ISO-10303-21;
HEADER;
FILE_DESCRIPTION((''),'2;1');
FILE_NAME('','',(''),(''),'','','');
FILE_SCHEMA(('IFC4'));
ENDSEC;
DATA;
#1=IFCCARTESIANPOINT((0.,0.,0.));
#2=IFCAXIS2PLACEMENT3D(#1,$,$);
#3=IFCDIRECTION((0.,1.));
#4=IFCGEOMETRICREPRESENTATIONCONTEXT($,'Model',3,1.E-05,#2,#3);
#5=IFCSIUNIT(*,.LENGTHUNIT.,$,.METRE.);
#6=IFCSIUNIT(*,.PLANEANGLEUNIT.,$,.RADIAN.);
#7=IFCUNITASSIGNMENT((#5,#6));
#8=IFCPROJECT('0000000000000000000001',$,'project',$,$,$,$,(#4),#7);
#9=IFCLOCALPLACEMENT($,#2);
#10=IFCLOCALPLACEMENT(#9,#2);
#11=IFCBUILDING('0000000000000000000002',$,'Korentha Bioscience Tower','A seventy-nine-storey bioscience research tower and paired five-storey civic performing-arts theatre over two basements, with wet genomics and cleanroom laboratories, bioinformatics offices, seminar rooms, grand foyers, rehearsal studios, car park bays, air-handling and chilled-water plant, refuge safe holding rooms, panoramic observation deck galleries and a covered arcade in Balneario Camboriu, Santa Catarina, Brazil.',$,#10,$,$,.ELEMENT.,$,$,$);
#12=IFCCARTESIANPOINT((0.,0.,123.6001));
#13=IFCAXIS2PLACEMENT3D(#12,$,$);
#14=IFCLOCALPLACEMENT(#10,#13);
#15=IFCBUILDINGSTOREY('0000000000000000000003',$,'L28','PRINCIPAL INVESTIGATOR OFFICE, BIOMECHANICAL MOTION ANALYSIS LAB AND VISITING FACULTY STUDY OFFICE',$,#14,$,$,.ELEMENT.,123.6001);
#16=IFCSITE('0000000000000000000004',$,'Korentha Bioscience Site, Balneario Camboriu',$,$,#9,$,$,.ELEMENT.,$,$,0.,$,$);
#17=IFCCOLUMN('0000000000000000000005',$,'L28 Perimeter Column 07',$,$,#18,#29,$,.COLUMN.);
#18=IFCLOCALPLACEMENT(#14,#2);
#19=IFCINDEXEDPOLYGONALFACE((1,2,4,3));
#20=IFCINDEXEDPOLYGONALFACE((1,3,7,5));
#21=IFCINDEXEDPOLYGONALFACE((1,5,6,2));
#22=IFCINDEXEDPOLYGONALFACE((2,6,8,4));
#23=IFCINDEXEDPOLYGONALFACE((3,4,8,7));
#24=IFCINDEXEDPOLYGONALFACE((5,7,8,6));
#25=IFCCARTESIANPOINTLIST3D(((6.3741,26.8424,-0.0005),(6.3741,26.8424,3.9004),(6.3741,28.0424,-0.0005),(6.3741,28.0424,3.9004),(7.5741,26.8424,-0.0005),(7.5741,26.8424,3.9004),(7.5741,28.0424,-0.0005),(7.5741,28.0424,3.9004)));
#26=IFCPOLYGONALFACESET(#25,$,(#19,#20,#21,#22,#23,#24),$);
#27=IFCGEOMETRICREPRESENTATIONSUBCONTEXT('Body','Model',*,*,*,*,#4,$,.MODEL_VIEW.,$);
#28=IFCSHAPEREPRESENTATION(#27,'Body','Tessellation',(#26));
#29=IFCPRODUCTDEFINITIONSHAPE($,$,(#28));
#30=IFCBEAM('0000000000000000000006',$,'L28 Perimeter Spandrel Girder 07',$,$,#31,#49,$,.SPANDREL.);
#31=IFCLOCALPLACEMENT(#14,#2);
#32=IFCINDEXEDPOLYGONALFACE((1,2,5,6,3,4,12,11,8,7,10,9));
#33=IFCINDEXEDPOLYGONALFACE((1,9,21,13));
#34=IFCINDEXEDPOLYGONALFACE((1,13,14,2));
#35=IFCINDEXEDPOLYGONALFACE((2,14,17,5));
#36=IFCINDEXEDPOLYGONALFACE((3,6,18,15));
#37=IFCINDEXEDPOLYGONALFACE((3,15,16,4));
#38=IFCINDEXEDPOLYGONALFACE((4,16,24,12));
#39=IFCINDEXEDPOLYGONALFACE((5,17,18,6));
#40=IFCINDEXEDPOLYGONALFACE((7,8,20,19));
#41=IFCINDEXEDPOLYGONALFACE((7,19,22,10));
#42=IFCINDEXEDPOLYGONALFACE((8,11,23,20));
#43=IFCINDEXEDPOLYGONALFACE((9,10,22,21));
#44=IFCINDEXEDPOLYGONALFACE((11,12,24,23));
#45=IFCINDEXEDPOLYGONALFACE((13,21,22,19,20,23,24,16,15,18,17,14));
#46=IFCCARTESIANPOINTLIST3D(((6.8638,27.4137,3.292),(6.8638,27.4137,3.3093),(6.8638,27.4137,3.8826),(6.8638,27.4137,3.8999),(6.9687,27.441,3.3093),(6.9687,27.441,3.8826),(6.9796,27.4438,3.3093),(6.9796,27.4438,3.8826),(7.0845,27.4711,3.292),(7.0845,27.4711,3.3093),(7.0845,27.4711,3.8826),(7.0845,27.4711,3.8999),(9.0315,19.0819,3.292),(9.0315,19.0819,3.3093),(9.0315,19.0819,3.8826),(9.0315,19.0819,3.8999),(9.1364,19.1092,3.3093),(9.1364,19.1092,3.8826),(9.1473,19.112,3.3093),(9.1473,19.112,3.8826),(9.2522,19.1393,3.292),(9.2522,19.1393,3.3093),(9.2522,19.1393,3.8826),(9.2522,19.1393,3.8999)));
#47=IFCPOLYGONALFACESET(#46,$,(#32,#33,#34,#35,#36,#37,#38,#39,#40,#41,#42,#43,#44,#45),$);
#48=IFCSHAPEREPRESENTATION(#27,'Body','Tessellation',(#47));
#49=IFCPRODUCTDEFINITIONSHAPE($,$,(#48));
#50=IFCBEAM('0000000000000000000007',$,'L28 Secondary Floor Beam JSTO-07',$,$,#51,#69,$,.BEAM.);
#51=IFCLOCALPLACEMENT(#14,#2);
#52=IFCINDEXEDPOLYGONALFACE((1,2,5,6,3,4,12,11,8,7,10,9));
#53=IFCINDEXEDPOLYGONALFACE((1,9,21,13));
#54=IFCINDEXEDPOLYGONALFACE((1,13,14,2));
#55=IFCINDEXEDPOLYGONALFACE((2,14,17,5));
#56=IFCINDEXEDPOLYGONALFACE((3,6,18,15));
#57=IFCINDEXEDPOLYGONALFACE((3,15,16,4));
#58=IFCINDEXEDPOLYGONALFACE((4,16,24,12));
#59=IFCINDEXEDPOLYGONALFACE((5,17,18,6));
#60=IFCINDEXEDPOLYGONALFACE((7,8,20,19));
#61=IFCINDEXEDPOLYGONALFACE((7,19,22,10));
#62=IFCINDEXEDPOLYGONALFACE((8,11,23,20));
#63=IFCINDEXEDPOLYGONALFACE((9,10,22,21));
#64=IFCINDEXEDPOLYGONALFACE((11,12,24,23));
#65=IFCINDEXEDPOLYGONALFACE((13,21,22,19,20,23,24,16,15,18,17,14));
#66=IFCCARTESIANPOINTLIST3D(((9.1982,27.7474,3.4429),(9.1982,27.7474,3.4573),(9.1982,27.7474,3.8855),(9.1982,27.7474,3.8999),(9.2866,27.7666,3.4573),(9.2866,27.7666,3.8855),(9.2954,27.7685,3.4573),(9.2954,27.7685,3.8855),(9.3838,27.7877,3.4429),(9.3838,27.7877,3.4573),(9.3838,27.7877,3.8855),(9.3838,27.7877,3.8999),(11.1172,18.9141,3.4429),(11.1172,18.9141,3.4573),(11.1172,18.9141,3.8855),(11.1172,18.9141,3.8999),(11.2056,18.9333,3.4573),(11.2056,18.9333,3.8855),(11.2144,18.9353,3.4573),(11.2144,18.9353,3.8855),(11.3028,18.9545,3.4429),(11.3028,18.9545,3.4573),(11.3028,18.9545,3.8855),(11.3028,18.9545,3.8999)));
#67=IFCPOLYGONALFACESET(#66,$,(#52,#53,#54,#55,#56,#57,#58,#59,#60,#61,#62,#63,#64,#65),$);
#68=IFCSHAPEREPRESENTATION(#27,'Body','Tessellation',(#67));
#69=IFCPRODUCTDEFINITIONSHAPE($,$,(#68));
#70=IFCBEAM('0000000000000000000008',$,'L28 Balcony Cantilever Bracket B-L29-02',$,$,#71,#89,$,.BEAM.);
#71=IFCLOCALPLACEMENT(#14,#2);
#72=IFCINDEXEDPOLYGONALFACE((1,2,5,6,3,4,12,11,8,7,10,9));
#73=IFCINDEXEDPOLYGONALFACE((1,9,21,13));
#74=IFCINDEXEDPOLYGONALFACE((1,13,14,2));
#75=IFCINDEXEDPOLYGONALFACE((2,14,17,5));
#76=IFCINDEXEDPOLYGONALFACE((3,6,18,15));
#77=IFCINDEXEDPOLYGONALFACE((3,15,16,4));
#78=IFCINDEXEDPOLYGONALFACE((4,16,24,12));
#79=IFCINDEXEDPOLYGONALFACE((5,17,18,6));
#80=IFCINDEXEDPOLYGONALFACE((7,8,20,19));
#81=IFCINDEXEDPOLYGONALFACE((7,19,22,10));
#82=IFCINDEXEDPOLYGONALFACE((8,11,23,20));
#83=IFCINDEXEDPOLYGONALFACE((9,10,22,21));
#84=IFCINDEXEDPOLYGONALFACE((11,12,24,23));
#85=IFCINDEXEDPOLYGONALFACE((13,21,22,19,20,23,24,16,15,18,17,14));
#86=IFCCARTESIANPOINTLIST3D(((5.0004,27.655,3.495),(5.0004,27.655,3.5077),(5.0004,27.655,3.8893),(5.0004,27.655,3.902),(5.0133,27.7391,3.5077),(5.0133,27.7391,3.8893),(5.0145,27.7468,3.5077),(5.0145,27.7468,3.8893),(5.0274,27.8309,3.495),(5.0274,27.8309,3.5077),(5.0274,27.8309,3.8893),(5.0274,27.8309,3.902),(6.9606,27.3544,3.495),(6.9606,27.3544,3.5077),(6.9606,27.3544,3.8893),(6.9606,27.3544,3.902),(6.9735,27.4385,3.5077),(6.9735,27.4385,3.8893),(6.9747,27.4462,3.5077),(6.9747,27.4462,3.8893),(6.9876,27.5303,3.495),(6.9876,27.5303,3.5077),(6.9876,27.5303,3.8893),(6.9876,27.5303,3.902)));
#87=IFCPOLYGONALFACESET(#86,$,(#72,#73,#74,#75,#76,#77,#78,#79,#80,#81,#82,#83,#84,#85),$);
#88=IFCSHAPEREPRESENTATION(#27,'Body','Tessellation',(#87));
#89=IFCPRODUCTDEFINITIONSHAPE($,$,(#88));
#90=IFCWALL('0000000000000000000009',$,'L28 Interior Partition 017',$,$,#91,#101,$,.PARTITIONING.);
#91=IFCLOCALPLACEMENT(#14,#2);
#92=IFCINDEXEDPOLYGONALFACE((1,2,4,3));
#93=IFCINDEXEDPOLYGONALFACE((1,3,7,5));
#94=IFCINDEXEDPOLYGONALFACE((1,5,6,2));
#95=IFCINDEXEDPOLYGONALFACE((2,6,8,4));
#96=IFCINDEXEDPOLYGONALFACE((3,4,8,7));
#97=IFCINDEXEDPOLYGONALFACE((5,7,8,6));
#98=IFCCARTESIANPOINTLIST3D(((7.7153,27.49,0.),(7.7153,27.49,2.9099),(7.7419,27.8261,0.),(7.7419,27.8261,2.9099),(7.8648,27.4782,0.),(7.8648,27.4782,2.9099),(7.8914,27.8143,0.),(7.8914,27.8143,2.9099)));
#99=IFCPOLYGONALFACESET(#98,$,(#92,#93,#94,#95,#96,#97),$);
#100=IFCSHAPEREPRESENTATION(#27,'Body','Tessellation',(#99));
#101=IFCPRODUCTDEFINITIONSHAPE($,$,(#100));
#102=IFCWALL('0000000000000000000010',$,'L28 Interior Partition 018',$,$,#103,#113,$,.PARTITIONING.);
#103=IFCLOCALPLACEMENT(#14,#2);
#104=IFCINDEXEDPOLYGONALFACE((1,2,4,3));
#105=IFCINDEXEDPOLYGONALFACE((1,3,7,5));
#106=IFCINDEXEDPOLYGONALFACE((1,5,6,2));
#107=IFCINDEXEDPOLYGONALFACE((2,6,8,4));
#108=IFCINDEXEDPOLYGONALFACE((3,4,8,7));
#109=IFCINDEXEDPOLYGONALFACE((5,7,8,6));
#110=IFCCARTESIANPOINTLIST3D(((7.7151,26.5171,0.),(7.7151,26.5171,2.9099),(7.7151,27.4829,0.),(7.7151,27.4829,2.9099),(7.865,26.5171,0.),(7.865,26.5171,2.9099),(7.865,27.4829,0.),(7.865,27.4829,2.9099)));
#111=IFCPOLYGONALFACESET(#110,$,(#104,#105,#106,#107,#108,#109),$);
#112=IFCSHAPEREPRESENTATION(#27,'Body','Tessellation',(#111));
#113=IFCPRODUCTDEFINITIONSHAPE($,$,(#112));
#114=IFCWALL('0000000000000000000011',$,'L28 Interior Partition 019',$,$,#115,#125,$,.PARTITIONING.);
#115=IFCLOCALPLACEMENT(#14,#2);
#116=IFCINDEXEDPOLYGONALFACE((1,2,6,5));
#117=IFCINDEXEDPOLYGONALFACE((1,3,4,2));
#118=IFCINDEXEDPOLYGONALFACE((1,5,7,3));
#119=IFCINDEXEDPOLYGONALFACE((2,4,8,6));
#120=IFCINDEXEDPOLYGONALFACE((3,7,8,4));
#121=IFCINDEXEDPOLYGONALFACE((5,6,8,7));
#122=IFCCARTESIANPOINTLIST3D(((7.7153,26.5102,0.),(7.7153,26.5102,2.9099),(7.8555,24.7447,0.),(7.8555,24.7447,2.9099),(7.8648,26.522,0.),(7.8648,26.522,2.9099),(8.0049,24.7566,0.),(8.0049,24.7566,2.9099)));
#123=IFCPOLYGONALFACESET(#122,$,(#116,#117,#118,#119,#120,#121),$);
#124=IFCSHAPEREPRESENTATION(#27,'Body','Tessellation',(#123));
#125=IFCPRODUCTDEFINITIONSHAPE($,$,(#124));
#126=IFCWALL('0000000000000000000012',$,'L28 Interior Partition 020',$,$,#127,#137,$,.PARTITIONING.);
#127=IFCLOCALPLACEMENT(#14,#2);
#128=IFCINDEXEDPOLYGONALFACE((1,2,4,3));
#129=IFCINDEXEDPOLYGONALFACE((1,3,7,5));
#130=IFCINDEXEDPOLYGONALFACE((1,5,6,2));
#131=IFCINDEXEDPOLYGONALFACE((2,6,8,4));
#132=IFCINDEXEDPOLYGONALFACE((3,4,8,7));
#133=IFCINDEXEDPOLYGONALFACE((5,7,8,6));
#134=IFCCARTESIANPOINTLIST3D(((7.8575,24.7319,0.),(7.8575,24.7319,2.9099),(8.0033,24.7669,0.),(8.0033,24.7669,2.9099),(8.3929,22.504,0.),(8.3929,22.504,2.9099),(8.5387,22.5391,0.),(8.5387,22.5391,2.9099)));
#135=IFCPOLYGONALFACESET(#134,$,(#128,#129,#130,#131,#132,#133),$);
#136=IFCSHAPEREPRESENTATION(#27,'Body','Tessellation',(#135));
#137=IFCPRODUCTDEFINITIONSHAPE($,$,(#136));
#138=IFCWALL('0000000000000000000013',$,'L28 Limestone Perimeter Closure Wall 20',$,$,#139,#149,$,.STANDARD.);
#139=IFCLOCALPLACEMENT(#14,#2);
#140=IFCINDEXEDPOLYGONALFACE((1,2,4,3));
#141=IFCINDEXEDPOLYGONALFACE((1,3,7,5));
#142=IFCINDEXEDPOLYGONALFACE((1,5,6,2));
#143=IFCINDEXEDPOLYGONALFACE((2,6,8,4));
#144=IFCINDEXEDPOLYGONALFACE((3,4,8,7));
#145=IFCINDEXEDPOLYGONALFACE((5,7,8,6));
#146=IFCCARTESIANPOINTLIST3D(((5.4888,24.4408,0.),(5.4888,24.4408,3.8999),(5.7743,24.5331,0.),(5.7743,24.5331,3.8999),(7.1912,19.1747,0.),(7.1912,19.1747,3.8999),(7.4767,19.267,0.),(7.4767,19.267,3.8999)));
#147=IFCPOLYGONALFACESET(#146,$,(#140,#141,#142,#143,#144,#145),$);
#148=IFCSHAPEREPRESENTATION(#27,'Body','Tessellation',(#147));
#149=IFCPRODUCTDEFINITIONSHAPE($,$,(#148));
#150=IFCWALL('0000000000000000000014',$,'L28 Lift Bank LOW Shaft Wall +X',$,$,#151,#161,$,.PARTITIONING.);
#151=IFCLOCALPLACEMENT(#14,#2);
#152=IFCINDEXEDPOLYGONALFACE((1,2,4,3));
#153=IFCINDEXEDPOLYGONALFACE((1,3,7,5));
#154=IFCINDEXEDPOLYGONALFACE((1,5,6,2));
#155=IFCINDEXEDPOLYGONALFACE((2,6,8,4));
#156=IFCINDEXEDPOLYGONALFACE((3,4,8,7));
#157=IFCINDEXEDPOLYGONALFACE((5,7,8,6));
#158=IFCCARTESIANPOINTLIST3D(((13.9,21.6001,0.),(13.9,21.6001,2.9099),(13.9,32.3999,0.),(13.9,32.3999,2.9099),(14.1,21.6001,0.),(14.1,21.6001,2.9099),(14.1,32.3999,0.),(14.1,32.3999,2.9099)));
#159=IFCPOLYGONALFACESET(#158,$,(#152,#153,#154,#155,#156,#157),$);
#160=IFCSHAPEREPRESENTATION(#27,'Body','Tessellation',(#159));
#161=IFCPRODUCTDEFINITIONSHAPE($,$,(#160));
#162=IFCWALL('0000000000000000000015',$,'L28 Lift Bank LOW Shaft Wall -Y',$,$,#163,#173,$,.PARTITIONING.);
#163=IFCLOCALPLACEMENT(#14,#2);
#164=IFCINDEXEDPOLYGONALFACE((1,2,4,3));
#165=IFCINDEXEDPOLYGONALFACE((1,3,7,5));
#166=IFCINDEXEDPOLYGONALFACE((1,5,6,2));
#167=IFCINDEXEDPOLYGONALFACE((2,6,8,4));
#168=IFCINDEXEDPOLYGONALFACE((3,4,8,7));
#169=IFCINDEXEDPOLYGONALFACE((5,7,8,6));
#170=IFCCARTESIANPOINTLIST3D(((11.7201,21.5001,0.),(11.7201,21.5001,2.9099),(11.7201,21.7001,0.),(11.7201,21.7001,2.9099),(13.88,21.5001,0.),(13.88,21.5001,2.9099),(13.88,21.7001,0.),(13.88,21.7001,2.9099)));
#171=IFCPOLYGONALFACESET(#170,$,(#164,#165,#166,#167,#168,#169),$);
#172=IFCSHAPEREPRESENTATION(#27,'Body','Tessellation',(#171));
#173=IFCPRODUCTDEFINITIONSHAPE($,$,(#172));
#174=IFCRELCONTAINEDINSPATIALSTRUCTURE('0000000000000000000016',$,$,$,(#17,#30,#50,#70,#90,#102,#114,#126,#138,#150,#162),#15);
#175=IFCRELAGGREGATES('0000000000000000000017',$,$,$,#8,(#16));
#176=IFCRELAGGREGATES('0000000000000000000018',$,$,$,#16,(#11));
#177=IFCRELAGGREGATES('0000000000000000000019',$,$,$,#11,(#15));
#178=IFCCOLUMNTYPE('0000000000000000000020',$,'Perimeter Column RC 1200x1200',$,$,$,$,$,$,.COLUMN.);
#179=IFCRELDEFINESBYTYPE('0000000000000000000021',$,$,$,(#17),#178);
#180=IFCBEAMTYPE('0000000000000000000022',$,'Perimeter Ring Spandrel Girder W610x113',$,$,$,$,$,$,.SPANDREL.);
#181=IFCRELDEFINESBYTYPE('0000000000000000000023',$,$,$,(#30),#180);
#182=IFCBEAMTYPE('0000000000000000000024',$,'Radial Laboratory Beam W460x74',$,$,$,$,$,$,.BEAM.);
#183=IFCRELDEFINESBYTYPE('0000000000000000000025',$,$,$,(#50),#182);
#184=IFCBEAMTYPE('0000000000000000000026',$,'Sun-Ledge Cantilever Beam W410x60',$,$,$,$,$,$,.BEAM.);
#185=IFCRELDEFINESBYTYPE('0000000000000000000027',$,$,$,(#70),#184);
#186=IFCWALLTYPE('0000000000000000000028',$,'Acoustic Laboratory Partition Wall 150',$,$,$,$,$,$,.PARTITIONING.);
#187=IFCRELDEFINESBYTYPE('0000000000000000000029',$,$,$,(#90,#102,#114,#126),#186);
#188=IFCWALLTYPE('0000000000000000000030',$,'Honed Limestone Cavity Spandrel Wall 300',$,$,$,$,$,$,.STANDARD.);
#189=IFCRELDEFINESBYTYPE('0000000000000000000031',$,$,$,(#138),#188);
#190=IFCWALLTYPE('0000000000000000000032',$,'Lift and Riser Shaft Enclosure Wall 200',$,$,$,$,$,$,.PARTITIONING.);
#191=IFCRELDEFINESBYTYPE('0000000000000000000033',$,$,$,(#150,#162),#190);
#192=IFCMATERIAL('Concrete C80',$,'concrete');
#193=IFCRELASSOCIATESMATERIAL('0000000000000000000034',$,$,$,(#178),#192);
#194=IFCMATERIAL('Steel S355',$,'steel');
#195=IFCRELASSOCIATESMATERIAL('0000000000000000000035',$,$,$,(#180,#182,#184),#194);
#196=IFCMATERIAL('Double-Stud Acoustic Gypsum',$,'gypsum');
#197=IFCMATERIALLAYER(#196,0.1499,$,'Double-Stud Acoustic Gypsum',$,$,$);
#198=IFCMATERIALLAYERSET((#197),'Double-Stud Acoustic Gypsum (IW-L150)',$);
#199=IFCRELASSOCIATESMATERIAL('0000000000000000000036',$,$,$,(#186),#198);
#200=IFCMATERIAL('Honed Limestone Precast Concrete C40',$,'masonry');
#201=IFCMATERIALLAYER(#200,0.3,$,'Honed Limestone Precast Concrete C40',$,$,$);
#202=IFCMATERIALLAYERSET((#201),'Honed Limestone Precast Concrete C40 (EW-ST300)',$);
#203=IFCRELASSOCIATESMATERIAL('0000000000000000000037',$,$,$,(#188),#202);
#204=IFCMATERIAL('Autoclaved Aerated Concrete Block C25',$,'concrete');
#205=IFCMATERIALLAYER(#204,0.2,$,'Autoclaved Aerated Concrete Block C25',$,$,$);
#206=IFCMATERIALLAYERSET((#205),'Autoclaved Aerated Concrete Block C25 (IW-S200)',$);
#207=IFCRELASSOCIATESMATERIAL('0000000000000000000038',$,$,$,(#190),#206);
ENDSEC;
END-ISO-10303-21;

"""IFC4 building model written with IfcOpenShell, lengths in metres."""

from ifc_helpers import new_model, si_unit, direction, frame, frame_2d, origin, origin_2d, place, context, subcontext, project, spatial, rectangle, i_section, extrude, material, layer, layer_set, material_profile, profile_set, type_object, element, save


model = new_model("IFC4")

# Units and contexts
model_context = context("Model", 3, precision=1e-05, world=origin(), true_north=direction((0.0, 1.0)))
body_context = subcontext(model_context, "Body", "Model", "MODEL_VIEW")
ifc_project = project(units=[si_unit("LENGTHUNIT", "METRE"), si_unit("PLANEANGLEUNIT", "RADIAN")], contexts=[model_context])

# Site, building, storey
site_placement = place(None, origin())
site = spatial("IfcSite", under=ifc_project, at=site_placement, Name="Korentha Bioscience Site, Balneario Camboriu", CompositionType="ELEMENT", RefElevation=0.0)
building_placement = place(site_placement, origin())
building = spatial("IfcBuilding", under=site, at=building_placement, Name="Korentha Bioscience Tower", Description="A seventy-nine-storey bioscience research tower and paired five-storey civic performing-arts theatre over two basements, with wet genomics and cleanroom laboratories, bioinformatics offices, seminar rooms, grand foyers, rehearsal studios, car park bays, air-handling and chilled-water plant, refuge safe holding rooms, panoramic observation deck galleries and a covered arcade in Balneario Camboriu, Santa Catarina, Brazil.", CompositionType="ELEMENT")
storey_placement = place(building_placement, frame((0.0, 0.0, 123.6001)))
storey = spatial("IfcBuildingStorey", under=building, at=storey_placement, Name="L28", Description="PRINCIPAL INVESTIGATOR OFFICE, BIOMECHANICAL MOTION ANALYSIS LAB AND VISITING FACULTY STUDY OFFICE", CompositionType="ELEMENT", Elevation=123.6001)

# Column
ifc_material_1 = material(Name="Concrete C80", Category="concrete")
ifc_material_profile_1 = material_profile(ifc_material_1, rectangle(XDim=1.2, YDim=1.2, at=origin_2d()), Name="Concrete C80")
ifc_profile_set_1 = profile_set([ifc_material_profile_1], Name="Concrete C80 (COL-P12)")
column_type = type_object("IfcColumnType", Name="Perimeter Column RC 1200x1200", PredefinedType="COLUMN", material=ifc_profile_set_1)
column_placement = place(storey_placement, frame((6.9741, 27.4424, -0.0005), z_axis=(0.0, 0.0, 1.0), x_axis=(0.0, 1.0, 0.0)))
element("IfcColumn", 1, at=column_placement, inside=storey, type_object=column_type, Name="L28 Perimeter Column 07", PredefinedType="COLUMN", context=body_context, shape_type="SweptSolid", body=[
    extrude(rectangle(XDim=1.2, YDim=1.2, at=origin_2d()), origin(), (0.0, 0.0, 1.0), 3.9009),
])

# Beams
ifc_material_2 = material(Name="Steel S355", Category="steel")
ifc_material_profile_2 = material_profile(ifc_material_2, i_section(OverallWidth=0.228, OverallDepth=0.6079, WebThickness=0.0112, FlangeThickness=0.0173, at=origin_2d()), Name="Steel S355")
ifc_profile_set_2 = profile_set([ifc_material_profile_2], Name="Steel S355 (SB-610)")
beam_type_1 = type_object("IfcBeamType", Name="Perimeter Ring Spandrel Girder W610x113", PredefinedType="SPANDREL", material=ifc_profile_set_2)
beam_1_placement = place(storey_placement, frame((6.9741, 27.4424, 3.5959), z_axis=(0.251793, -0.967781, 0.0), x_axis=(0.967781, 0.251793, 0.0)))
element("IfcBeam", 2, at=beam_1_placement, inside=storey, type_object=beam_type_1, Name="L28 Perimeter Spandrel Girder 07", PredefinedType="SPANDREL", context=body_context, shape_type="SweptSolid", body=[
    extrude(i_section(OverallWidth=0.228, OverallDepth=0.6079, WebThickness=0.0112, FlangeThickness=0.0173, at=origin_2d()), origin(), (0.0, 0.0, 1.0), 8.6091),
])
ifc_material_profile_3 = material_profile(ifc_material_2, i_section(OverallWidth=0.1899, OverallDepth=0.457, WebThickness=0.009, FlangeThickness=0.0144, at=origin_2d()), Name="Steel S355")
ifc_profile_set_3 = profile_set([ifc_material_profile_3], Name="Steel S355 (RB-460)")
beam_type_2 = type_object("IfcBeamType", Name="Radial Laboratory Beam W460x74", PredefinedType="BEAM", material=ifc_profile_set_3)
beam_2_placement = place(storey_placement, frame((9.291, 27.7676, 3.6714), z_axis=(0.212289, -0.977207, 0.0), x_axis=(0.977207, 0.212289, 0.0)))
element("IfcBeam", 3, at=beam_2_placement, inside=storey, type_object=beam_type_2, Name="L28 Secondary Floor Beam JSTO-07", PredefinedType="BEAM", context=body_context, shape_type="SweptSolid", body=[
    extrude(i_section(OverallWidth=0.1899, OverallDepth=0.457, WebThickness=0.009, FlangeThickness=0.0144, at=origin_2d()), origin(), (0.0, 0.0, 1.0), 9.0393),
])
ifc_material_profile_4 = material_profile(ifc_material_2, i_section(OverallWidth=0.178, OverallDepth=0.407, WebThickness=0.0078, FlangeThickness=0.0127, at=origin_2d()), Name="Steel S355")
ifc_profile_set_4 = profile_set([ifc_material_profile_4], Name="Steel S355 (CB-410)")
beam_type_3 = type_object("IfcBeamType", Name="Sun-Ledge Cantilever Beam W410x60", PredefinedType="BEAM", material=ifc_profile_set_4)
beam_3_placement = place(storey_placement, frame((6.9741, 27.4424, 3.6985), z_axis=(-0.98845, 0.151548, 0.0), x_axis=(-0.151548, -0.98845, 0.0)))
element("IfcBeam", 4, at=beam_3_placement, inside=storey, type_object=beam_type_3, Name="L28 Balcony Cantilever Bracket B-L29-02", PredefinedType="BEAM", context=body_context, shape_type="SweptSolid", body=[
    extrude(i_section(OverallWidth=0.178, OverallDepth=0.407, WebThickness=0.0078, FlangeThickness=0.0127, at=origin_2d()), origin(), (0.0, 0.0, 1.0), 1.9832),
])

# Shared definitions
ifc_material_3 = material(Name="Double-Stud Acoustic Gypsum", Category="gypsum")
ifc_layer_1 = layer(ifc_material_3, 0.1499, Name="Double-Stud Acoustic Gypsum")
ifc_layer_set_1 = layer_set([ifc_layer_1], Name="Double-Stud Acoustic Gypsum (IW-L150)")
wall_type_1 = type_object("IfcWallType", Name="Acoustic Laboratory Partition Wall 150", PredefinedType="PARTITIONING", material=ifc_layer_set_1)

# Walls
wall_1_placement = place(storey_placement, frame((7.8167, 27.8201, 0.0), z_axis=(0.0, 0.0, 1.0), x_axis=(-0.078911, -0.996882, 0.0)))
element("IfcWall", 5, at=wall_1_placement, inside=storey, type_object=wall_type_1, Name="L28 Interior Partition 017", PredefinedType="PARTITIONING", context=body_context, shape_type="SweptSolid", body=[
    extrude(rectangle(XDim=0.3372, YDim=0.1499, at=frame_2d((0.1685, 0.0))), origin(), (0.0, 0.0, 1.0), 2.9099),
])
wall_2_placement = place(storey_placement, frame((7.79, 27.4829, 0.0), z_axis=(0.0, 0.0, 1.0), x_axis=(0.0, -1.0, 0.0)))
element("IfcWall", 6, at=wall_2_placement, inside=storey, type_object=wall_type_1, Name="L28 Interior Partition 018", PredefinedType="PARTITIONING", context=body_context, shape_type="SweptSolid", body=[
    extrude(rectangle(XDim=0.9658, YDim=0.1499, at=frame_2d((0.4829, 0.0))), origin(), (0.0, 0.0, 1.0), 2.9099),
])
wall_3_placement = place(storey_placement, frame((7.79, 26.5161, 0.0), z_axis=(0.0, 0.0, 1.0), x_axis=(0.079132, -0.996864, 0.0)))
element("IfcWall", 7, at=wall_3_placement, inside=storey, type_object=wall_type_1, Name="L28 Interior Partition 019", PredefinedType="PARTITIONING", context=body_context, shape_type="SweptSolid", body=[
    extrude(rectangle(XDim=1.771, YDim=0.1499, at=frame_2d((0.8855, 0.0))), origin(), (0.0, 0.0, 1.0), 2.9099),
])
wall_4_placement = place(storey_placement, frame((7.9304, 24.7493, 0.0), z_axis=(0.0, 0.0, 1.0), x_axis=(0.233675, -0.972315, 0.0)))
element("IfcWall", 8, at=wall_4_placement, inside=storey, type_object=wall_type_1, Name="L28 Interior Partition 020", PredefinedType="PARTITIONING", context=body_context, shape_type="SweptSolid", body=[
    extrude(rectangle(XDim=2.2913, YDim=0.1499, at=frame_2d((1.1455, 0.0))), origin(), (0.0, 0.0, 1.0), 2.9099),
])

# Shared definitions
ifc_material_4 = material(Name="Honed Limestone Precast Concrete C40", Category="masonry")
ifc_layer_2 = layer(ifc_material_4, 0.3, Name="Honed Limestone Precast Concrete C40")
ifc_layer_set_2 = layer_set([ifc_layer_2], Name="Honed Limestone Precast Concrete C40 (EW-ST300)")
wall_type_2 = type_object("IfcWallType", Name="Honed Limestone Cavity Spandrel Wall 300", PredefinedType="STANDARD", material=ifc_layer_set_2)

# Walls
wall_5_placement = place(storey_placement, frame((5.6316, 24.4868, 0.0), z_axis=(0.0, 0.0, 1.0), x_axis=(0.307599, -0.951516, 0.0)))
element("IfcWall", 9, at=wall_5_placement, inside=storey, type_object=wall_type_2, Name="L28 Limestone Perimeter Closure Wall 20", PredefinedType="STANDARD", context=body_context, shape_type="SweptSolid", body=[
    extrude(rectangle(XDim=5.5344, YDim=0.3, at=frame_2d((2.7671, 0.0))), origin(), (0.0, 0.0, 1.0), 3.8999),
])
ifc_material_5 = material(Name="Autoclaved Aerated Concrete Block C25", Category="concrete")
ifc_layer_3 = layer(ifc_material_5, 0.2, Name="Autoclaved Aerated Concrete Block C25")
ifc_layer_set_3 = layer_set([ifc_layer_3], Name="Autoclaved Aerated Concrete Block C25 (IW-S200)")
wall_type_3 = type_object("IfcWallType", Name="Lift and Riser Shaft Enclosure Wall 200", PredefinedType="PARTITIONING", material=ifc_layer_set_3)
wall_6_placement = place(storey_placement, frame((14.0, 21.6001, 0.0), z_axis=(0.0, 0.0, 1.0), x_axis=(0.0, 1.0, 0.0)))
element("IfcWall", 10, at=wall_6_placement, inside=storey, type_object=wall_type_3, Name="L28 Lift Bank LOW Shaft Wall +X", PredefinedType="PARTITIONING", context=body_context, shape_type="SweptSolid", body=[
    extrude(rectangle(XDim=10.7998, YDim=0.2, at=frame_2d((5.3999, 0.0))), origin(), (0.0, 0.0, 1.0), 2.9099),
])
wall_7_placement = place(storey_placement, frame((11.72, 21.6001, 0.0), z_axis=(0.0, 0.0, 1.0), x_axis=(1.0, 0.0, 0.0)))
element("IfcWall", 11, at=wall_7_placement, inside=storey, type_object=wall_type_3, Name="L28 Lift Bank LOW Shaft Wall -Y", PredefinedType="PARTITIONING", context=body_context, shape_type="SweptSolid", body=[
    extrude(rectangle(XDim=2.1599, YDim=0.2, at=frame_2d((1.0801, 0.0))), origin(), (0.0, 0.0, 1.0), 2.9099),
])

save(model, "model.ifc")
